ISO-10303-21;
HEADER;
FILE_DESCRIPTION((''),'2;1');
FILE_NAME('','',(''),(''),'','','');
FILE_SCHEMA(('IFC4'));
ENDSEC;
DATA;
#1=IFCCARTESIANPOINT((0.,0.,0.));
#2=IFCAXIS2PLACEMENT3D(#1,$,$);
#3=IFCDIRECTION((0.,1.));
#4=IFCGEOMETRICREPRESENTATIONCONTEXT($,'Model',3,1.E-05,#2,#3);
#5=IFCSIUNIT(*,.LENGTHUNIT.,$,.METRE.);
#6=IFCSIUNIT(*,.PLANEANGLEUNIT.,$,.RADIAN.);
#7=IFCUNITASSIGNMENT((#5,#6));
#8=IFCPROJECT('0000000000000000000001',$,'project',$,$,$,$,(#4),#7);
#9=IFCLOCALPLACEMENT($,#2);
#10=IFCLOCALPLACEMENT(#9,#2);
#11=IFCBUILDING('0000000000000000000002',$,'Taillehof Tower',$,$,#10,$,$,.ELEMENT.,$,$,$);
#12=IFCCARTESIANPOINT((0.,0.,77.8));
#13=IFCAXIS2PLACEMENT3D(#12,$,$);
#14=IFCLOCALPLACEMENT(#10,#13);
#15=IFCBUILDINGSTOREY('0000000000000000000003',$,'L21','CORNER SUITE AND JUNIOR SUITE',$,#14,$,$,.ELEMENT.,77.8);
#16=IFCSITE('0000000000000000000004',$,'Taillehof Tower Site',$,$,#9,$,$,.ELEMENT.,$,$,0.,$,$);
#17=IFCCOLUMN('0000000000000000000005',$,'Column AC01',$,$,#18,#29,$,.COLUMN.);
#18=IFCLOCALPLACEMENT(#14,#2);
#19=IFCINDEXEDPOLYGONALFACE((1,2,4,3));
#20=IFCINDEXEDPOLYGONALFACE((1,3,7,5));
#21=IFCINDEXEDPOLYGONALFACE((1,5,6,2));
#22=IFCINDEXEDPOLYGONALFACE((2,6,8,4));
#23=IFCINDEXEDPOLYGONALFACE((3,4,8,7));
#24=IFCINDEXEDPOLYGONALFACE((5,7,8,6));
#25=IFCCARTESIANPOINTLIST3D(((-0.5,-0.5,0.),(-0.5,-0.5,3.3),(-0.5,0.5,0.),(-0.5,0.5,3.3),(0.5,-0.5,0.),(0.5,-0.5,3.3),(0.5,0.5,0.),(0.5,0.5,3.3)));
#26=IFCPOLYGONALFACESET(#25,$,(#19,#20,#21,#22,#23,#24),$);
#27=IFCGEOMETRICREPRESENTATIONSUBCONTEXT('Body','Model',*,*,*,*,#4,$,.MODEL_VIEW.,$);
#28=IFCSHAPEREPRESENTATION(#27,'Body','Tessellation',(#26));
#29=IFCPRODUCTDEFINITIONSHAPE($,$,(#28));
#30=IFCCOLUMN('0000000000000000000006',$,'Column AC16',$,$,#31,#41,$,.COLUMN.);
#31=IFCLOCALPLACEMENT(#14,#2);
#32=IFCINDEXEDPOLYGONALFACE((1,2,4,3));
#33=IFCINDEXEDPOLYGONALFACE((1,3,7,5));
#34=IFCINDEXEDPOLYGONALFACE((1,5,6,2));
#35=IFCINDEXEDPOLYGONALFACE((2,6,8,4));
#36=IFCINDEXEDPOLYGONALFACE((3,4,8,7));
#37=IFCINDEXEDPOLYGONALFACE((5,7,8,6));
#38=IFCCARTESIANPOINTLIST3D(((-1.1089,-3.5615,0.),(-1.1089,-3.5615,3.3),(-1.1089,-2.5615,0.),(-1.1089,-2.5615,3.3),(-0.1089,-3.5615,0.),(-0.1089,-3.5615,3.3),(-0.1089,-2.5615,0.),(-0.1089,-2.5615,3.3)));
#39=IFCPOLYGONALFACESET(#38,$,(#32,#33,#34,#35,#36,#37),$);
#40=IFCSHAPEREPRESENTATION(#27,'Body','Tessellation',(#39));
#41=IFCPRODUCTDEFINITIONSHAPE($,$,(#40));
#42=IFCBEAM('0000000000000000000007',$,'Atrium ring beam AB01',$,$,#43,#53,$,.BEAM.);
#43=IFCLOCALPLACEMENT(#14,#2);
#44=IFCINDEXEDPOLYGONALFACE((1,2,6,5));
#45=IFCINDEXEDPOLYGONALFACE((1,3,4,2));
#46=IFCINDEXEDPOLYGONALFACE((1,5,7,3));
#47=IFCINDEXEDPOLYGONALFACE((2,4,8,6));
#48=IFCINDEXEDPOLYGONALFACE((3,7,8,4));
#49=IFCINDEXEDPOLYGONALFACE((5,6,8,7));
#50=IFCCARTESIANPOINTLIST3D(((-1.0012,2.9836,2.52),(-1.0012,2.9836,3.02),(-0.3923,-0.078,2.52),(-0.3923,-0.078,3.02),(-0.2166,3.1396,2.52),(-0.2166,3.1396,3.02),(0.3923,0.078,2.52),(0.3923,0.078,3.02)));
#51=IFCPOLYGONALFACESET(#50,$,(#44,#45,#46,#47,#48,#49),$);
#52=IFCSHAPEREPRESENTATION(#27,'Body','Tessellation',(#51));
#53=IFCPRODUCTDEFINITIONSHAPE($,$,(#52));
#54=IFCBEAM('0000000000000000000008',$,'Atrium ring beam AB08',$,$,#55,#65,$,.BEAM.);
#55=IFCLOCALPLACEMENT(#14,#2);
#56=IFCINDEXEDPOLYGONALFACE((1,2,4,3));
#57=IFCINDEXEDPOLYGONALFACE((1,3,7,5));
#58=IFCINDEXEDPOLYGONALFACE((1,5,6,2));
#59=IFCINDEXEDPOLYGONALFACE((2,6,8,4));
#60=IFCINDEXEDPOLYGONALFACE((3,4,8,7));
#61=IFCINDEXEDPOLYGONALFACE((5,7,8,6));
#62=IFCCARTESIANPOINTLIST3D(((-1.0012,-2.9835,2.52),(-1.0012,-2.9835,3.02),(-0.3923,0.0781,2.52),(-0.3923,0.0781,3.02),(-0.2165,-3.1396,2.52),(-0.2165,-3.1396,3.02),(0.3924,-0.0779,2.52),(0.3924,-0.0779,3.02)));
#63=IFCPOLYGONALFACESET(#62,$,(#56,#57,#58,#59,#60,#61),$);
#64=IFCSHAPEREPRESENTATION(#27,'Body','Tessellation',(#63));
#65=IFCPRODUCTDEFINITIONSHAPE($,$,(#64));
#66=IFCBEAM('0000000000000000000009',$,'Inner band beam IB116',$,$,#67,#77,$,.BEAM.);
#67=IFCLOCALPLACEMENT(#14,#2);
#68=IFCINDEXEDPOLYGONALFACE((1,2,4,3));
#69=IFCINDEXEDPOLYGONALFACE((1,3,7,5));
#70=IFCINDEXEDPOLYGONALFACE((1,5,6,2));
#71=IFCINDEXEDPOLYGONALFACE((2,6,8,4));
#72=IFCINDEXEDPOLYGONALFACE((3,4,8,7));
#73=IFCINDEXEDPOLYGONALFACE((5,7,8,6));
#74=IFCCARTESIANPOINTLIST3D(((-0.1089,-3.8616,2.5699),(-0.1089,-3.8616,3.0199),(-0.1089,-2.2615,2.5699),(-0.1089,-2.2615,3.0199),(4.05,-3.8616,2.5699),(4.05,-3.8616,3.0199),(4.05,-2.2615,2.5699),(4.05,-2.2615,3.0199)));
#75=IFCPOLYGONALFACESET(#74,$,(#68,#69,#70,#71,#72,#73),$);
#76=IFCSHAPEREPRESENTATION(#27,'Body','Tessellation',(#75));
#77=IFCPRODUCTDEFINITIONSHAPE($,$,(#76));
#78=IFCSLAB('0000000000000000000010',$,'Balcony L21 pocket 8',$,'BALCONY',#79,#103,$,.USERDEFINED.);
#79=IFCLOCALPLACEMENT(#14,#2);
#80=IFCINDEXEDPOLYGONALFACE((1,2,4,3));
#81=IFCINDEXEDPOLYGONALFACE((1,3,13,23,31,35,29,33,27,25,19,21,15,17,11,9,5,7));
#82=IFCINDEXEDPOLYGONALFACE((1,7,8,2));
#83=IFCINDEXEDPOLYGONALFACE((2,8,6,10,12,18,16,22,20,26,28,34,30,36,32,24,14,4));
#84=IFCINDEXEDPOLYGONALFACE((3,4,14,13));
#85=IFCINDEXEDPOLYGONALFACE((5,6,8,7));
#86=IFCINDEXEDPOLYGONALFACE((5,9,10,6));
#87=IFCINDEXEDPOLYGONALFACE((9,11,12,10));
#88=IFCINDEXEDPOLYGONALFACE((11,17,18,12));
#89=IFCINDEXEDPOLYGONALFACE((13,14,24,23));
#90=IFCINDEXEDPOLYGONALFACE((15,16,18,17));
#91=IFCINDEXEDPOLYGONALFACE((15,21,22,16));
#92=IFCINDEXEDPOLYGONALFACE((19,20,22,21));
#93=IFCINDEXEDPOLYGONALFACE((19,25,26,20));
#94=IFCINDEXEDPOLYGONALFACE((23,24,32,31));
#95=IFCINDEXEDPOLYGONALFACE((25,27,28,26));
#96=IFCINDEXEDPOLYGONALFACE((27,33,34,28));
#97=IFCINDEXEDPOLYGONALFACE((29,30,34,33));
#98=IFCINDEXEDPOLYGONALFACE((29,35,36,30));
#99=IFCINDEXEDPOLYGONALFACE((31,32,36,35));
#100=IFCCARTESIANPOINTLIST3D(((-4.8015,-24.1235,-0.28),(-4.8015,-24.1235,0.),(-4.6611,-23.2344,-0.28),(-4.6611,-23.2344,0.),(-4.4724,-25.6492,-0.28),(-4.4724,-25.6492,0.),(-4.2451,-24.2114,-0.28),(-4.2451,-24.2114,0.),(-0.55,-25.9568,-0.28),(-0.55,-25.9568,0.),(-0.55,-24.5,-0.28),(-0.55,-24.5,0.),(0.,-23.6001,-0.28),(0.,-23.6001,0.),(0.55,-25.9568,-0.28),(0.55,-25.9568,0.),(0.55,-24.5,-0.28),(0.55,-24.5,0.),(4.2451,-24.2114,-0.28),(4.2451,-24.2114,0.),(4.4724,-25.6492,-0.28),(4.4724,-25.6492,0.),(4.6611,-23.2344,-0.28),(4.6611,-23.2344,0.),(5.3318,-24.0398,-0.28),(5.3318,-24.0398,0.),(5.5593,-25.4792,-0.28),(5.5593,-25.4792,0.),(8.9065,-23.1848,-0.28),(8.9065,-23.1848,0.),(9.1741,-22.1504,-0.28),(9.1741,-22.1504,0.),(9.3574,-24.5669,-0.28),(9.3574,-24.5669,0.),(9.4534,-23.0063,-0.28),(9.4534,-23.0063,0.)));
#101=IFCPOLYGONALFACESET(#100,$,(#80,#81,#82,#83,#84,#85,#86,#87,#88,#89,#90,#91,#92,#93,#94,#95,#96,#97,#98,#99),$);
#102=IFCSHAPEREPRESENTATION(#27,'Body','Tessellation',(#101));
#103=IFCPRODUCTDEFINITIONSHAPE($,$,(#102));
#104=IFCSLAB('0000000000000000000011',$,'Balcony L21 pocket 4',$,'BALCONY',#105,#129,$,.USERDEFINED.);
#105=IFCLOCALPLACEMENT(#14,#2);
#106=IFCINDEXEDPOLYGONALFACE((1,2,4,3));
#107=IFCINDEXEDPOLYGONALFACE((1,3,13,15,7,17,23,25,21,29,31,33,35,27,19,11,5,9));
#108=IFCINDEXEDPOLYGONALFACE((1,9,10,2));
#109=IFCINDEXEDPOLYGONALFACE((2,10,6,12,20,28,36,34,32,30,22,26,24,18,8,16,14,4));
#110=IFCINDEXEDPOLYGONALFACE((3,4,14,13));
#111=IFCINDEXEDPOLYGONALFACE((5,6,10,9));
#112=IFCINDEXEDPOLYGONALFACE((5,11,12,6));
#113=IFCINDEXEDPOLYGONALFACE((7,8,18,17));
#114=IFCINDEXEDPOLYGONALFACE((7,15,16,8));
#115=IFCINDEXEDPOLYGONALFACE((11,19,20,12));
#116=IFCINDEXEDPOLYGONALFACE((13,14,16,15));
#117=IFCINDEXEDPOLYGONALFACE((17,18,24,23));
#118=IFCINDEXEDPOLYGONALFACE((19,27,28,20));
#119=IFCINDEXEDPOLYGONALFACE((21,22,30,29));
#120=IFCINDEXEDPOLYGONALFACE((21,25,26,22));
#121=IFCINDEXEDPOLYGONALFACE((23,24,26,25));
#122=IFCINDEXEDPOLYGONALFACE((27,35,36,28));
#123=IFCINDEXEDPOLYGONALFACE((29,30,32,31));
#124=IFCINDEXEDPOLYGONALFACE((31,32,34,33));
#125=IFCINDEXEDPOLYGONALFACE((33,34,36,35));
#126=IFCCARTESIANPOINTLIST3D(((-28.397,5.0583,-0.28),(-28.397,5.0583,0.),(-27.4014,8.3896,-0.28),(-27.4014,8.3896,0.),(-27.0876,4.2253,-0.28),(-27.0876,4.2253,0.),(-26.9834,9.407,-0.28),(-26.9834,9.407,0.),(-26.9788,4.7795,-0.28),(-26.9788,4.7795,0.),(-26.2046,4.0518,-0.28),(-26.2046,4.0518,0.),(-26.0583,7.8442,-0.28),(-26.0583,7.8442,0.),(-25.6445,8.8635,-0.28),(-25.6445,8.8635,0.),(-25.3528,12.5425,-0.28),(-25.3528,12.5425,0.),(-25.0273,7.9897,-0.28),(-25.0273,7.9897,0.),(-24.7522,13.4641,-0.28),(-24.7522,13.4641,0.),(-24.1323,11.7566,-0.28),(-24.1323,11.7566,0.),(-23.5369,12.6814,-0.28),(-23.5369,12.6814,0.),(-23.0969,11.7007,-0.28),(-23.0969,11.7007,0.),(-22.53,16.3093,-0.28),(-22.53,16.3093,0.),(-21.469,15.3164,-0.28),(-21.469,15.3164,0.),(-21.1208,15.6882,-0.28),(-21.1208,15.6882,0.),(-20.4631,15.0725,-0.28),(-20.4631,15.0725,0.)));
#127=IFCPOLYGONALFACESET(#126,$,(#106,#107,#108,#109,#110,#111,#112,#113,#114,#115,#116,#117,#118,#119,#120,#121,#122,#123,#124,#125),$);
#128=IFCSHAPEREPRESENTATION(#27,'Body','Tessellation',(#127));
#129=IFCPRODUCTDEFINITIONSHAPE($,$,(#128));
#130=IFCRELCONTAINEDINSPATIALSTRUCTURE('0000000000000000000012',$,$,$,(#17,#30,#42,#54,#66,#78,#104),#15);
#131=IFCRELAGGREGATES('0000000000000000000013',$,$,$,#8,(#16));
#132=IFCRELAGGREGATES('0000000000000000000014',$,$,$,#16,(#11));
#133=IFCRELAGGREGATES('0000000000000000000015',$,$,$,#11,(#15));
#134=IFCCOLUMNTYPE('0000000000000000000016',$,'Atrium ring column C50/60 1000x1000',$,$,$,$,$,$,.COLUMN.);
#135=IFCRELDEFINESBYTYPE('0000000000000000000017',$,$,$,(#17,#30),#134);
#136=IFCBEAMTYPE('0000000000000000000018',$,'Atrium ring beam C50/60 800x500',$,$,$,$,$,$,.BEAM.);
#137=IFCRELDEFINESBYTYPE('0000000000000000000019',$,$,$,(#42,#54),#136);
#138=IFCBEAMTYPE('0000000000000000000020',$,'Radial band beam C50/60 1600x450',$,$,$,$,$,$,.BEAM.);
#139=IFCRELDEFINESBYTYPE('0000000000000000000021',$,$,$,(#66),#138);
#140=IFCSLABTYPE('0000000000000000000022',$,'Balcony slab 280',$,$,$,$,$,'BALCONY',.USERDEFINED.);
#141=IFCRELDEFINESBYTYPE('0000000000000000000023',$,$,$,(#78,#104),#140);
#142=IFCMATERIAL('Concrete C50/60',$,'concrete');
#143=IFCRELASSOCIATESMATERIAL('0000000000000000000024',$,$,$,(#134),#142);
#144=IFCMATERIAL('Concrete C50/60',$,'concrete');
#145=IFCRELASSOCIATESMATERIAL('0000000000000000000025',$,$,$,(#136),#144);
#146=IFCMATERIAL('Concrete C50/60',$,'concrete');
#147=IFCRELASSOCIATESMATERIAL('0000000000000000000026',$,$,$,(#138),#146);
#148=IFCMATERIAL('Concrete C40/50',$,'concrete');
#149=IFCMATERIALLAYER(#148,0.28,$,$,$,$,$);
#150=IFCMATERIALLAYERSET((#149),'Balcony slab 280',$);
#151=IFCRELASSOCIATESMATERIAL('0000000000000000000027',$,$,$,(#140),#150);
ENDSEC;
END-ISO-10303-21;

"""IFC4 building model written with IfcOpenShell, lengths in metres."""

from ifc_helpers import new_model, si_unit, direction, frame, origin, origin_2d, place, context, subcontext, project, spatial, polyline, rectangle, outline, extrude, material, layer, layer_set, material_profile, profile_set, type_object, element, save


model = new_model("IFC4")

# Units and contexts
model_context = context("Model", 3, precision=1e-05, world=origin(), true_north=direction((0.0, 1.0)))
body_context = subcontext(model_context, "Body", "Model", "MODEL_VIEW")
ifc_project = project(units=[si_unit("LENGTHUNIT", "METRE"), si_unit("PLANEANGLEUNIT", "RADIAN")], contexts=[model_context])

# Site, building, storey
site_placement = place(None, origin())
site = spatial("IfcSite", under=ifc_project, at=site_placement, Name="Taillehof Tower Site", CompositionType="ELEMENT", RefElevation=0.0)
building_placement = place(site_placement, origin())
building = spatial("IfcBuilding", under=site, at=building_placement, Name="Taillehof Tower", CompositionType="ELEMENT")
storey_placement = place(building_placement, frame((0.0, 0.0, 77.8)))
storey = spatial("IfcBuildingStorey", under=building, at=storey_placement, Name="L21", Description="CORNER SUITE AND JUNIOR SUITE", CompositionType="ELEMENT", Elevation=77.8)

# Columns
ifc_material_1 = material(Name="Concrete C50/60", Category="concrete")
ifc_material_profile_1 = material_profile(ifc_material_1, rectangle(XDim=1.0, YDim=1.0, at=origin_2d()), Name="RC 1000x1000")
ifc_profile_set_1 = profile_set([ifc_material_profile_1], Name="Concrete C50/60")
column_type = type_object("IfcColumnType", Name="Atrium ring column C50/60 1000x1000", PredefinedType="COLUMN", material=ifc_profile_set_1)
for number, where, z_axis, x_axis, name in (
    (1, (0.0, 0.0, 0.0), (0.0, 0.0, 1.0), (1.0, 0.0, 0.0), "Column AC01"),
    (2, (-0.6089, -3.0615, 0.0), (0.0, 0.0, 1.0), (1.0, 0.0, 0.0), "Column AC16"),
):
    element("IfcColumn", number, at=place(storey_placement, frame(where, z_axis=z_axis, x_axis=x_axis)), inside=storey, type_object=column_type, Name=name, PredefinedType="COLUMN", context=body_context, shape_type="SweptSolid", body=[
        extrude(rectangle(XDim=1.0, YDim=1.0, at=origin_2d()), origin(), (0.0, 0.0, 1.0), 3.3),
    ])

# Beams
ifc_material_2 = material(Name="Concrete C50/60", Category="concrete")
ifc_material_profile_2 = material_profile(ifc_material_2, rectangle(XDim=0.8, YDim=0.5, at=origin_2d()), Name="RC 800x500")
ifc_profile_set_2 = profile_set([ifc_material_profile_2], Name="Concrete C50/60")
beam_type_1 = type_object("IfcBeamType", Name="Atrium ring beam C50/60 800x500", PredefinedType="BEAM", material=ifc_profile_set_2)
for number, where, z_axis, x_axis, name in (
    (3, (0.0, 0.0, 2.77), (-0.195063, 0.980791, 0.0), (-0.980791, -0.195063, 0.0), "Atrium ring beam AB01"),
    (4, (-0.6089, -3.0615, 2.77), (0.195063, 0.980791, 0.0), (-0.980791, 0.195063, 0.0), "Atrium ring beam AB08"),
):
    element("IfcBeam", number, at=place(storey_placement, frame(where, z_axis=z_axis, x_axis=x_axis)), inside=storey, type_object=beam_type_1, Name=name, PredefinedType="BEAM", context=body_context, shape_type="SweptSolid", body=[
        extrude(rectangle(XDim=0.8, YDim=0.5, at=origin_2d()), origin(), (0.0, 0.0, 1.0), 3.1216),
    ])
ifc_material_3 = material(Name="Concrete C50/60", Category="concrete")
ifc_material_profile_3 = material_profile(ifc_material_3, rectangle(XDim=1.6001, YDim=0.45, at=origin_2d()), Name="RC 1600x450")
ifc_profile_set_3 = profile_set([ifc_material_profile_3], Name="Concrete C50/60")
beam_type_2 = type_object("IfcBeamType", Name="Radial band beam C50/60 1600x450", PredefinedType="BEAM", material=ifc_profile_set_3)
beam_placement = place(storey_placement, frame((-0.1089, -3.0615, 2.7949), z_axis=(1.0, 0.0, 0.0), x_axis=(0.0, 1.0, 0.0)))
element("IfcBeam", 5, at=beam_placement, inside=storey, type_object=beam_type_2, Name="Inner band beam IB116", PredefinedType="BEAM", context=body_context, shape_type="SweptSolid", body=[
    extrude(rectangle(XDim=1.6001, YDim=0.45, at=origin_2d()), origin(), (0.0, 0.0, 1.0), 4.1589),
])

# Slabs
ifc_material_4 = material(Name="Concrete C40/50", Category="concrete")
ifc_layer_1 = layer(ifc_material_4, 0.28)
ifc_layer_set_1 = layer_set([ifc_layer_1], Name="Balcony slab 280")
slab_type_1 = type_object("IfcSlabType", Name="Balcony slab 280", ElementType="BALCONY", PredefinedType="USERDEFINED", material=ifc_layer_set_1)
slab_1_placement = place(storey_placement, frame((0.0, 0.0, -0.28)))
element("IfcSlab", 6, at=slab_1_placement, inside=storey, type_object=slab_type_1, Name="Balcony L21 pocket 8", ObjectType="BALCONY", PredefinedType="USERDEFINED", context=body_context, shape_type="SweptSolid", body=[
    extrude(outline(polyline([(9.1741, -22.1504), (9.4534, -23.0063), (8.9065, -23.1848), (9.3574, -24.5669), (5.5593, -25.4792), (5.3318, -24.0398), (4.2451, -24.2114), (4.4724, -25.6492), (0.55, -25.9568), (0.55, -24.5), (-0.55, -24.5), (-0.55, -25.9568), (-4.4724, -25.6492), (-4.2451, -24.2114), (-4.8015, -24.1235), (-4.6611, -23.2344), (0.0, -23.6001), (4.6611, -23.2344), (9.1741, -22.1504)])), origin(), (0.0, 0.0, 1.0), 0.28),
])
slab_2_placement = place(storey_placement, frame((0.0, 0.0, -0.28)))
element("IfcSlab", 7, at=slab_2_placement, inside=storey, type_object=slab_type_1, Name="Balcony L21 pocket 4", ObjectType="BALCONY", PredefinedType="USERDEFINED", context=body_context, shape_type="SweptSolid", body=[
    extrude(outline(polyline([(-26.2046, 4.0518), (-27.0876, 4.2253), (-26.9788, 4.7795), (-28.397, 5.0583), (-27.4014, 8.3896), (-26.0583, 7.8442), (-25.6445, 8.8635), (-26.9834, 9.407), (-25.3528, 12.5425), (-24.1323, 11.7566), (-23.5369, 12.6814), (-24.7522, 13.4641), (-22.53, 16.3093), (-21.469, 15.3164), (-21.1208, 15.6882), (-20.4631, 15.0725), (-23.0969, 11.7007), (-25.0273, 7.9897), (-26.2046, 4.0518)])), origin(), (0.0, 0.0, 1.0), 0.28),
])

save(model, "model.ifc")
